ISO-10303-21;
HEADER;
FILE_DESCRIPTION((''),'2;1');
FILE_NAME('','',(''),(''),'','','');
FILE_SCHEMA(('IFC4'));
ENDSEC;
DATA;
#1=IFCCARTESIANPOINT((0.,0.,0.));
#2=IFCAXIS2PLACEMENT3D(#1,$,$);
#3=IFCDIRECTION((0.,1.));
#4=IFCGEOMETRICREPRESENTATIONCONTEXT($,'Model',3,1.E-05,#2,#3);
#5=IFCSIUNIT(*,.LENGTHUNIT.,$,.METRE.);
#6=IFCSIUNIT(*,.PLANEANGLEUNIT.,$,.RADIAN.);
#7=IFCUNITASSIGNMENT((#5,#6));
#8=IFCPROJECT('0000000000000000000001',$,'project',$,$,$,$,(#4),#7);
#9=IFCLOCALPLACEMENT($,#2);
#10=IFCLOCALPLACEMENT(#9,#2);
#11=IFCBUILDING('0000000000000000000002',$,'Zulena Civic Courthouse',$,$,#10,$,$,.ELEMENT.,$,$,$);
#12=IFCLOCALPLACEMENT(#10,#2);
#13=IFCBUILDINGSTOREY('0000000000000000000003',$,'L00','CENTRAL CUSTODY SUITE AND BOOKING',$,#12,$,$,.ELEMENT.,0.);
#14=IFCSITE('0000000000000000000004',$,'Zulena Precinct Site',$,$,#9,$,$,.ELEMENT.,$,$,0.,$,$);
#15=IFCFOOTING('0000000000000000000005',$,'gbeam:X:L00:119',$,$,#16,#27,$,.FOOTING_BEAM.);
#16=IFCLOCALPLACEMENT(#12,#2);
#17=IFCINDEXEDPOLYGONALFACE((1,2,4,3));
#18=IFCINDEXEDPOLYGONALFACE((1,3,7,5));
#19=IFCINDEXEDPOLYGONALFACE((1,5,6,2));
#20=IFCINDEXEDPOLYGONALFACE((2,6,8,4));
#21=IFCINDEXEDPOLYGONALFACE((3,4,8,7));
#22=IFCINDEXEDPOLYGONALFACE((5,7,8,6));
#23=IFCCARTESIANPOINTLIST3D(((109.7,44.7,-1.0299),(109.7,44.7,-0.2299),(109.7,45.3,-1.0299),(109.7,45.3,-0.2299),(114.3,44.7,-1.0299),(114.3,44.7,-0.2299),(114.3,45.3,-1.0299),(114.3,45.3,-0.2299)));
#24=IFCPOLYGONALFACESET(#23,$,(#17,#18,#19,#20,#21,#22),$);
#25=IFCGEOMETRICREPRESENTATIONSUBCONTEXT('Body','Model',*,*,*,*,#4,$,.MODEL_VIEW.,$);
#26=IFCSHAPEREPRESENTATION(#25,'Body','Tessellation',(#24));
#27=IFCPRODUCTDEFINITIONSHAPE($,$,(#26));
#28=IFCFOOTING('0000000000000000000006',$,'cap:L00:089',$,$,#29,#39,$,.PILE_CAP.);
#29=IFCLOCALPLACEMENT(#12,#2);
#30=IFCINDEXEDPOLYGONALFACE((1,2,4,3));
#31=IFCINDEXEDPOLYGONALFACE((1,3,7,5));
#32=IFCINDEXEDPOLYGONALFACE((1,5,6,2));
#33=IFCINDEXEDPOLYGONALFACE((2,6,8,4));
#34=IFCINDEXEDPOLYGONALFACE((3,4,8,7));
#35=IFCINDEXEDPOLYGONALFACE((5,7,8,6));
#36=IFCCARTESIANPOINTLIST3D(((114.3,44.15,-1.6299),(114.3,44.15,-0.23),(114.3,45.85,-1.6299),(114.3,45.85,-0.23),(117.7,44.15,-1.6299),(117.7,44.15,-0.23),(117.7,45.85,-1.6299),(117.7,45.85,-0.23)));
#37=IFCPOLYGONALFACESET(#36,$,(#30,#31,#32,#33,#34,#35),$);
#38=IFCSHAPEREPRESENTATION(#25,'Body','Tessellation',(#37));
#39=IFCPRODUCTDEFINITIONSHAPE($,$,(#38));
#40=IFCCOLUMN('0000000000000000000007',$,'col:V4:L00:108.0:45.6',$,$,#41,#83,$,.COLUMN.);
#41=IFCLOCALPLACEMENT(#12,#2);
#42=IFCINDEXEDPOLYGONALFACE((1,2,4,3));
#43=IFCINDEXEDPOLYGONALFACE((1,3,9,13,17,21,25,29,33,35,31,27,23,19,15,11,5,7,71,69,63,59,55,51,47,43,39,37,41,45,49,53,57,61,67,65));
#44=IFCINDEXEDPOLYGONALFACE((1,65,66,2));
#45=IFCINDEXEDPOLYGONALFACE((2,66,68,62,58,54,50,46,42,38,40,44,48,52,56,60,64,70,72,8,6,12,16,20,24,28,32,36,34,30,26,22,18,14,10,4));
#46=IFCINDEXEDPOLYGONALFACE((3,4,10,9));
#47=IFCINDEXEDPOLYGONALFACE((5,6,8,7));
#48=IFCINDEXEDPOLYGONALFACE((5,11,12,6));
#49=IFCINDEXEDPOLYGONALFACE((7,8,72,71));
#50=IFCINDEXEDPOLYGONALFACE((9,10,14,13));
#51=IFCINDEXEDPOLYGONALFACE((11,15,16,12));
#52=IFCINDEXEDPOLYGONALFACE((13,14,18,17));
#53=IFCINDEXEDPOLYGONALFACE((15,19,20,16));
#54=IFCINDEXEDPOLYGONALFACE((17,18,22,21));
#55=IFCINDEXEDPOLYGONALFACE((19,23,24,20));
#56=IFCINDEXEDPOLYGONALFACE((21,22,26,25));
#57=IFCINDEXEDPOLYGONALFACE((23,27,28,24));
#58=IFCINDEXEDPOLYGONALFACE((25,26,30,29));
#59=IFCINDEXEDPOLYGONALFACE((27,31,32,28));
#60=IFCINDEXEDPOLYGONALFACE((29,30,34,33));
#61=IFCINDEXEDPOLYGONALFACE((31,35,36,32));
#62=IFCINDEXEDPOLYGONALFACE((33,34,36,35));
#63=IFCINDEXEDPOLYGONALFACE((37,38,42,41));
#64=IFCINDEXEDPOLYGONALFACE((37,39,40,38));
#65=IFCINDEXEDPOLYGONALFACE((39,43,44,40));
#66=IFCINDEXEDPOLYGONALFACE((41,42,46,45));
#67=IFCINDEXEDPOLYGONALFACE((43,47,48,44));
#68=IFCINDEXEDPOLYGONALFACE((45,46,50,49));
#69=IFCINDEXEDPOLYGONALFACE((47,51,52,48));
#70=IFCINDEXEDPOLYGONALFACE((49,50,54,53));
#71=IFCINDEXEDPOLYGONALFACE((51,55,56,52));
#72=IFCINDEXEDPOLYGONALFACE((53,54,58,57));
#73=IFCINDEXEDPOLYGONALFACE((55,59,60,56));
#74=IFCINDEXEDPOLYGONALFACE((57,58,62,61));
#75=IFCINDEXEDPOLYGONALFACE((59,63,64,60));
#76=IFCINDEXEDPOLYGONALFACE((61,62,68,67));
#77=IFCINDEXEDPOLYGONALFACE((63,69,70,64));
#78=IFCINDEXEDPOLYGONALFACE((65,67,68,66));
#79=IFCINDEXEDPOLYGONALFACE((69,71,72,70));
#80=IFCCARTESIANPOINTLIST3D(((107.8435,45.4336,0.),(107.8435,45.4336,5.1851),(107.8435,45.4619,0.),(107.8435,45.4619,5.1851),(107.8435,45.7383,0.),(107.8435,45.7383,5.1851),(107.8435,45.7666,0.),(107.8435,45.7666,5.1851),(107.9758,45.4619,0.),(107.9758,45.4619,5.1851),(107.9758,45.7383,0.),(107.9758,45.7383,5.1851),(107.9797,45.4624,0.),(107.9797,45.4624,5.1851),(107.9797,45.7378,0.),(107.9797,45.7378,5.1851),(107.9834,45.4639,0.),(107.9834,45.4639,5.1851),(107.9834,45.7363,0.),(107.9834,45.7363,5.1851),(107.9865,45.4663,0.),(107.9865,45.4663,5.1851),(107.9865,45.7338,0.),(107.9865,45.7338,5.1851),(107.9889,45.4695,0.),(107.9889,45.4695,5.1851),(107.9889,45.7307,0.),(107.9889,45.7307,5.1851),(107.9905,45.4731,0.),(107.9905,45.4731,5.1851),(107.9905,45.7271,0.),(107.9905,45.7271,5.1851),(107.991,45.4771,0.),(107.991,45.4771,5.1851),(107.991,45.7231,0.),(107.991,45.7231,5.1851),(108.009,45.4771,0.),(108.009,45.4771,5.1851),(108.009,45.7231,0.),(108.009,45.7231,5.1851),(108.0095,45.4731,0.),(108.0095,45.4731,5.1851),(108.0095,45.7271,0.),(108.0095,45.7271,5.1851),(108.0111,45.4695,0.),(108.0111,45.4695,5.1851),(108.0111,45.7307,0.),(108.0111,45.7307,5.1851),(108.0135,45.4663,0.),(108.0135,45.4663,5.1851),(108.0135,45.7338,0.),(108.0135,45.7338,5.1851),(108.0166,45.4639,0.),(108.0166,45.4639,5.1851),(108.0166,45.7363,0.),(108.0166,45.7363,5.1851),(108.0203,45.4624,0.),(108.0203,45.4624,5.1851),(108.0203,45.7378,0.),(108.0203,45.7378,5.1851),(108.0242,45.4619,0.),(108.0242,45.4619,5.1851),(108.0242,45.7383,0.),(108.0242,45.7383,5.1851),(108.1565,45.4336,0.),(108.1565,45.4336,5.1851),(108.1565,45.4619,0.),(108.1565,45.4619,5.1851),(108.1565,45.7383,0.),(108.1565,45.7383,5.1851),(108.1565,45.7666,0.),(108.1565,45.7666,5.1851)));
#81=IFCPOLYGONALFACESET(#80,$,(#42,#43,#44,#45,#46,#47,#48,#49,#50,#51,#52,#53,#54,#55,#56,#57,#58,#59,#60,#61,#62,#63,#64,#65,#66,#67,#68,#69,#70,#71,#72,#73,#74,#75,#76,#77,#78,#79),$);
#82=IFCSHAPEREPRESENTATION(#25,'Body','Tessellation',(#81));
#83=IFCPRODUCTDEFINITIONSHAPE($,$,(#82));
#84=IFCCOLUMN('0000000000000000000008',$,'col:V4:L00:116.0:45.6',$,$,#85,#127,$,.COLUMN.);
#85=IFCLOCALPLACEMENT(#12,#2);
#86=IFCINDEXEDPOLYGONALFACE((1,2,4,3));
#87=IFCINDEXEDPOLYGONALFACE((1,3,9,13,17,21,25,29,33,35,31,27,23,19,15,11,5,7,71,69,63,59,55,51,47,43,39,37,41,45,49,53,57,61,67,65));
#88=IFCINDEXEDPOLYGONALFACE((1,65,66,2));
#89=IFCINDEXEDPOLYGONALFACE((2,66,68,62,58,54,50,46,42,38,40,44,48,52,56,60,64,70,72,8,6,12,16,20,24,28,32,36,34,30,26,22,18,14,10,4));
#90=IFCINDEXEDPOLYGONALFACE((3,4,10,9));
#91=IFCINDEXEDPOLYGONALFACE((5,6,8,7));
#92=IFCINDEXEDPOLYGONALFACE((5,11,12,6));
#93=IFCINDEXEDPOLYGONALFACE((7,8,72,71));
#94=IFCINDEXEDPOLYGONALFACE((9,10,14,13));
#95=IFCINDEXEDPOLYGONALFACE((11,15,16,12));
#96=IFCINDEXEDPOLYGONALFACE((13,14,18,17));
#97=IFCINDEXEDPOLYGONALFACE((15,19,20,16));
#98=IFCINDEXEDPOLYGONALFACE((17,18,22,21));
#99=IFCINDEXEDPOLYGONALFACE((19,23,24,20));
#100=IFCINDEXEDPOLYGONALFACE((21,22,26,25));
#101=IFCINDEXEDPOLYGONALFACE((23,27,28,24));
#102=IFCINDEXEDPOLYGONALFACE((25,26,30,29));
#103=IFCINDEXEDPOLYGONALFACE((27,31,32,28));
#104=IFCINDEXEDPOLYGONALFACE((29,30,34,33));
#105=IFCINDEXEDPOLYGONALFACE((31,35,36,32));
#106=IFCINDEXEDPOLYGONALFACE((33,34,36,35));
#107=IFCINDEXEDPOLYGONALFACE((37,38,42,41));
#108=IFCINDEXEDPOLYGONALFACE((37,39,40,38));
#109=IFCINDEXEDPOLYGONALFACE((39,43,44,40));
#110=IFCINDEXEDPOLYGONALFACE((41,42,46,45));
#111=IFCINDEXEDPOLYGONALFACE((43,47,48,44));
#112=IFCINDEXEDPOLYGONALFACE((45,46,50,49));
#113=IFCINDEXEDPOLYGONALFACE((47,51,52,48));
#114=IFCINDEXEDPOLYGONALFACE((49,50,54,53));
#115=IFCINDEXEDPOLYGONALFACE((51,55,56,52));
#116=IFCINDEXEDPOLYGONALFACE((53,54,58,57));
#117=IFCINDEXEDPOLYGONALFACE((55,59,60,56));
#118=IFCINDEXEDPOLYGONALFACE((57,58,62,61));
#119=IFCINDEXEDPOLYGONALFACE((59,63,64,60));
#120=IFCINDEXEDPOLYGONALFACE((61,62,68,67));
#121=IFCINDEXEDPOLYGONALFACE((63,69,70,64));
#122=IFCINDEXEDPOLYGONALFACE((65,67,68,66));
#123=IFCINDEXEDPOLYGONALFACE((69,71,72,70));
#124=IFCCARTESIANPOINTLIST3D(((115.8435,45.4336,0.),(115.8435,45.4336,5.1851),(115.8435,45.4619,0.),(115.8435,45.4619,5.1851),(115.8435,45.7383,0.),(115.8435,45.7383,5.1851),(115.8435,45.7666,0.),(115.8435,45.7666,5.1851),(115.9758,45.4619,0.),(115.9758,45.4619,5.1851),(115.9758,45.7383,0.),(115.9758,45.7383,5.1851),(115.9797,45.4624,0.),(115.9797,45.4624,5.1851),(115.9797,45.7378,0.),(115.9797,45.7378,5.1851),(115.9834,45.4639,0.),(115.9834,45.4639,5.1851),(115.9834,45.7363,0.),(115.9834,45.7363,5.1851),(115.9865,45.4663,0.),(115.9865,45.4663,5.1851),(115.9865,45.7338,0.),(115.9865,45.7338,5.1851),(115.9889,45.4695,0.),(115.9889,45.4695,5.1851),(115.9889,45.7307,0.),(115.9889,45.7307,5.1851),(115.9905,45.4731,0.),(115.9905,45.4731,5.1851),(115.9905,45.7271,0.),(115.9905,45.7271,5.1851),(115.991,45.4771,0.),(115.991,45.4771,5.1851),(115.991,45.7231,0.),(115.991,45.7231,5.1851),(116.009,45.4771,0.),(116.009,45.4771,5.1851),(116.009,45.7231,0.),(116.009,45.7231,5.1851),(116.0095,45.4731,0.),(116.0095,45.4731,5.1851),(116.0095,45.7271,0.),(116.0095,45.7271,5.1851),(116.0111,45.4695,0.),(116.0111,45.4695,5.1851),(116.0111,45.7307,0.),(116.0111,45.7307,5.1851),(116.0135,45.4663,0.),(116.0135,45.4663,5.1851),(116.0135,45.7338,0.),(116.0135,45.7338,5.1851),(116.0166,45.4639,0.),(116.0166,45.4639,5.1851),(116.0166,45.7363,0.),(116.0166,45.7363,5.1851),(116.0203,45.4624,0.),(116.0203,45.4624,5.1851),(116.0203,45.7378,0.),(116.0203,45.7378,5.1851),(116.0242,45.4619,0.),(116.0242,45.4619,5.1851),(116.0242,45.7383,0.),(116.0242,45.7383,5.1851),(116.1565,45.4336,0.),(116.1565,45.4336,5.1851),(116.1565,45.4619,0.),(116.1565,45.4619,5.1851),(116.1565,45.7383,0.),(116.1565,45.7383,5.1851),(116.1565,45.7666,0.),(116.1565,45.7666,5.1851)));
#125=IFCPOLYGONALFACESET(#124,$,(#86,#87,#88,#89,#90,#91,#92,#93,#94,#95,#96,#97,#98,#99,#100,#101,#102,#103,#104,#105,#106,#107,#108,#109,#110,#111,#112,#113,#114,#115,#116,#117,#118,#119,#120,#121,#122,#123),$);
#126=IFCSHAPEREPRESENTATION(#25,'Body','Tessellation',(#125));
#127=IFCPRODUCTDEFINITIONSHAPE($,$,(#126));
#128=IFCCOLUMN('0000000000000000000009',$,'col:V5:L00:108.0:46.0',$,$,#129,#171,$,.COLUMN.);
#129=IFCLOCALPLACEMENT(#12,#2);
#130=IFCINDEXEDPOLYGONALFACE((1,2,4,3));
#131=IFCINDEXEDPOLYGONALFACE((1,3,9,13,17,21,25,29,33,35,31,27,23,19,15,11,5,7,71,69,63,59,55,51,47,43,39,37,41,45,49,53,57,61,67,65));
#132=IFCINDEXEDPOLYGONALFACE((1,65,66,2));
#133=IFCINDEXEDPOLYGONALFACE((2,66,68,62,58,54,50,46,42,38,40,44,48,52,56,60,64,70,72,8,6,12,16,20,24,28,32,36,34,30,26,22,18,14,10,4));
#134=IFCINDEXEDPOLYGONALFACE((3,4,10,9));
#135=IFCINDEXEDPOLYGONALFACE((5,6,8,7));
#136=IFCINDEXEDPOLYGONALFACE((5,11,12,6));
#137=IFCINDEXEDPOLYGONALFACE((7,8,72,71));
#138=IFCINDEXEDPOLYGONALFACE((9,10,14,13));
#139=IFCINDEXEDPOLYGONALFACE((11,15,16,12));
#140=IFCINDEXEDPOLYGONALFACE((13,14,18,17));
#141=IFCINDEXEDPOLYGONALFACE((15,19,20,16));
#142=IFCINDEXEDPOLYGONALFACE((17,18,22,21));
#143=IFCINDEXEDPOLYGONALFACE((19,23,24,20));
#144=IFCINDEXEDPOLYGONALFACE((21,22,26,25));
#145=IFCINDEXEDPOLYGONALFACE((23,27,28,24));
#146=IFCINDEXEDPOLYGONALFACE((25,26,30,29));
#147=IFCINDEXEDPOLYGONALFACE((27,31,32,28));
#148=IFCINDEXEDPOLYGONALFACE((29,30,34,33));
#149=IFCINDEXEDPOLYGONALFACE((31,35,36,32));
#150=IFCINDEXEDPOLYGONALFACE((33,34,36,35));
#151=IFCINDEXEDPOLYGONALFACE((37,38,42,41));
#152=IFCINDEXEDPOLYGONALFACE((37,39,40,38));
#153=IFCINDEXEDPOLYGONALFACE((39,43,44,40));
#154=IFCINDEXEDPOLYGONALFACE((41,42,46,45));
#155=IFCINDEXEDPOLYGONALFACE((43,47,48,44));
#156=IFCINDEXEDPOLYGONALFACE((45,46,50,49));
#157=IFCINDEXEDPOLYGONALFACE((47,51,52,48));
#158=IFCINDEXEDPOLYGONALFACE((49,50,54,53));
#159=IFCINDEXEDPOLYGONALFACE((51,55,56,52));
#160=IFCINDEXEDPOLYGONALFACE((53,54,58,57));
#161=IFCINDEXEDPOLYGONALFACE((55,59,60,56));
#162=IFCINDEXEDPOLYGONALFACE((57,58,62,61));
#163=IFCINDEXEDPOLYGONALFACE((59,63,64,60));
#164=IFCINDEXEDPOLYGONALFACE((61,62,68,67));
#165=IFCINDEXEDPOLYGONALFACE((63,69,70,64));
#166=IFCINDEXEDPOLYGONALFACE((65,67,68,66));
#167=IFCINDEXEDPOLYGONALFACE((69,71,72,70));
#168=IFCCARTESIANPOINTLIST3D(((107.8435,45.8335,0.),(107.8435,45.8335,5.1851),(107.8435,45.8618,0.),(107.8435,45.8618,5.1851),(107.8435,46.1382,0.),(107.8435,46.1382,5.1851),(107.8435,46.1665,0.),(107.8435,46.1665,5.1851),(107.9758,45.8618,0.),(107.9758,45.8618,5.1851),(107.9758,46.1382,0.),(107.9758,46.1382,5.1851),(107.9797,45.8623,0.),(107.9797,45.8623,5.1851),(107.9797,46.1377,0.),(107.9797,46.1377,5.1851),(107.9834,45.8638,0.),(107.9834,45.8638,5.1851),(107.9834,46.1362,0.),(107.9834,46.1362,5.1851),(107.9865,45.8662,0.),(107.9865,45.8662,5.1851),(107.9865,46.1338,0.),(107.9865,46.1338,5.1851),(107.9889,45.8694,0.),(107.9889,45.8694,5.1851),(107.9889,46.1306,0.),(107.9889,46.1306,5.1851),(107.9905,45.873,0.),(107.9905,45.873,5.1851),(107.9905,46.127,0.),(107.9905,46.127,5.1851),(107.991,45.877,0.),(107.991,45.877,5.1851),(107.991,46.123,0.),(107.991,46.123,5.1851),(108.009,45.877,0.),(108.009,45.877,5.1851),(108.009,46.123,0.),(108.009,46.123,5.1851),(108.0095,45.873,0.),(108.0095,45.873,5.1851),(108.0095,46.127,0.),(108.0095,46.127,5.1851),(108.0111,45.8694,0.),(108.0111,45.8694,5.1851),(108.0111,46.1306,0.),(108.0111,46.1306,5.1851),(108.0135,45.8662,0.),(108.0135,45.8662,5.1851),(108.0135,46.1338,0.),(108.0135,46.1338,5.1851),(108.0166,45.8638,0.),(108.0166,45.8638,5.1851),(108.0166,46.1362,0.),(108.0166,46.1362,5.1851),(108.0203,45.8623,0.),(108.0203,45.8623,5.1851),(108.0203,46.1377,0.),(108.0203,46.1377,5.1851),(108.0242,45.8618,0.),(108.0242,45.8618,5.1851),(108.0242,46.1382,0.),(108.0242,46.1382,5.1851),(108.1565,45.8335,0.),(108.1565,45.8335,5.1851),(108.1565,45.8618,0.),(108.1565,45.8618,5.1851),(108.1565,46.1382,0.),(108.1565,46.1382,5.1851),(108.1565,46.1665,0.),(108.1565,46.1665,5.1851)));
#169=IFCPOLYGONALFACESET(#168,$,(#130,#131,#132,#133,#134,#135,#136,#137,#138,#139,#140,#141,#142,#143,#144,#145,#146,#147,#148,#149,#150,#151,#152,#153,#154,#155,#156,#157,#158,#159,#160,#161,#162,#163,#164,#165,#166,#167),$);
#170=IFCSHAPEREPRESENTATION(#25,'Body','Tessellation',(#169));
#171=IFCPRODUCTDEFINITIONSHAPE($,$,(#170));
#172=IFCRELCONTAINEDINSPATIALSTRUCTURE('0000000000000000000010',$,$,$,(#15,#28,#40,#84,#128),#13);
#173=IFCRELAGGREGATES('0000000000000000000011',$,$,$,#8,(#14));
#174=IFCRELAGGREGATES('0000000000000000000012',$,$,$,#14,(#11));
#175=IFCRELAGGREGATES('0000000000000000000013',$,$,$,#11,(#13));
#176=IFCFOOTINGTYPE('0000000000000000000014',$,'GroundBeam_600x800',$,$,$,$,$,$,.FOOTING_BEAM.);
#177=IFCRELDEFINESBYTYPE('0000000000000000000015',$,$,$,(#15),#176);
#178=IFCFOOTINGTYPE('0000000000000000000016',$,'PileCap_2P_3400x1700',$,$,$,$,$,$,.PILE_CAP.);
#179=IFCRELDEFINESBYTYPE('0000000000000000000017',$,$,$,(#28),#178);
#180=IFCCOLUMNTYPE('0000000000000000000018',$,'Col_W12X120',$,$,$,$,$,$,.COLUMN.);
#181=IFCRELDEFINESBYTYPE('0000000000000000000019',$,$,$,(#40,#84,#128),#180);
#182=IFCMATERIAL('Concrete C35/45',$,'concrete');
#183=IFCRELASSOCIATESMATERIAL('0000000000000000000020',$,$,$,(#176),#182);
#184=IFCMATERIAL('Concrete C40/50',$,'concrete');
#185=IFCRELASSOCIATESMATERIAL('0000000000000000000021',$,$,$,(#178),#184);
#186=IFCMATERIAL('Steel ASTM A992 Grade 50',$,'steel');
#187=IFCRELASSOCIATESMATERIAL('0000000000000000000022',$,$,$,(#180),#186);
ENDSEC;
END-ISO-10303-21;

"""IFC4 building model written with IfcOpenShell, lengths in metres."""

from ifc_helpers import new_model, si_unit, direction, frame, origin, origin_2d, place, context, subcontext, project, spatial, rectangle, i_section, extrude, material, material_profile, profile_set, type_object, element, save


model = new_model("IFC4")

# Units and contexts
model_context = context("Model", 3, precision=1e-05, world=origin(), true_north=direction((0.0, 1.0)))
body_context = subcontext(model_context, "Body", "Model", "MODEL_VIEW")
ifc_project = project(units=[si_unit("LENGTHUNIT", "METRE"), si_unit("PLANEANGLEUNIT", "RADIAN")], contexts=[model_context])

# Site, building, storey
site_placement = place(None, origin())
site = spatial("IfcSite", under=ifc_project, at=site_placement, Name="Zulena Precinct Site", CompositionType="ELEMENT", RefElevation=0.0)
building_placement = place(site_placement, origin())
building = spatial("IfcBuilding", under=site, at=building_placement, Name="Zulena Civic Courthouse", CompositionType="ELEMENT")
storey_placement = place(building_placement, origin())
storey = spatial("IfcBuildingStorey", under=building, at=storey_placement, Name="L00", Description="CENTRAL CUSTODY SUITE AND BOOKING", CompositionType="ELEMENT", Elevation=0.0)

# Footings
ifc_material_1 = material(Name="Concrete C35/45", Category="concrete")
ifc_material_profile_1 = material_profile(ifc_material_1, rectangle(XDim=0.6001, YDim=0.8, at=origin_2d()), Name="RC600X800")
ifc_profile_set_1 = profile_set([ifc_material_profile_1], Name="Concrete C35/45")
footing_type_1 = type_object("IfcFootingType", Name="GroundBeam_600x800", PredefinedType="FOOTING_BEAM", material=ifc_profile_set_1)
footing_1_placement = place(storey_placement, frame((109.7, 45.0, -0.6299), z_axis=(1.0, 0.0, 0.0), x_axis=(0.0, 1.0, 0.0)))
element("IfcFooting", 1, at=footing_1_placement, inside=storey, type_object=footing_type_1, Name="gbeam:X:L00:119", PredefinedType="FOOTING_BEAM", context=body_context, shape_type="SweptSolid", body=[
    extrude(rectangle(XDim=0.6001, YDim=0.8, at=origin_2d()), origin(), (0.0, 0.0, 1.0), 4.6001),
])
ifc_material_2 = material(Name="Concrete C40/50", Category="concrete")
footing_type_2 = type_object("IfcFootingType", Name="PileCap_2P_3400x1700", PredefinedType="PILE_CAP", material=ifc_material_2)
footing_2_placement = place(storey_placement, frame((116.0, 45.0, -1.6299), z_axis=(0.0, 0.0, 1.0), x_axis=(1.0, 0.0, 0.0)))
element("IfcFooting", 2, at=footing_2_placement, inside=storey, type_object=footing_type_2, Name="cap:L00:089", PredefinedType="PILE_CAP", context=body_context, shape_type="SweptSolid", body=[
    extrude(rectangle(XDim=3.3999, YDim=1.7, at=origin_2d()), origin(), (0.0, 0.0, 1.0), 1.3999),
])

# Columns
ifc_material_3 = material(Name="Steel ASTM A992 Grade 50", Category="steel")
ifc_material_profile_2 = material_profile(ifc_material_3, i_section(OverallWidth=0.313, OverallDepth=0.333, WebThickness=0.0181, FlangeThickness=0.0283, FilletRadius=0.0151, at=origin_2d()), Name="W12X120")
ifc_profile_set_2 = profile_set([ifc_material_profile_2], Name="Steel ASTM A992 Grade 50")
column_type_1 = type_object("IfcColumnType", Name="Col_W12X120", PredefinedType="COLUMN", material=ifc_profile_set_2)
for number, where, z_axis, x_axis, name in (
    (3, (108.0, 45.6001, 0.0), (0.0, 0.0, 1.0), (1.0, 0.0, 0.0), "col:V4:L00:108.0:45.6"),
    (4, (116.0, 45.6001, 0.0), (0.0, 0.0, 1.0), (1.0, 0.0, 0.0), "col:V4:L00:116.0:45.6"),
    (5, (108.0, 46.0, 0.0), (0.0, 0.0, 1.0), (1.0, 0.0, 0.0), "col:V5:L00:108.0:46.0"),
):
    element("IfcColumn", number, at=place(storey_placement, frame(where, z_axis=z_axis, x_axis=x_axis)), inside=storey, type_object=column_type_1, Name=name, PredefinedType="COLUMN", context=body_context, shape_type="SweptSolid", body=[
        extrude(i_section(OverallWidth=0.313, OverallDepth=0.333, WebThickness=0.0181, FlangeThickness=0.0283, FilletRadius=0.0151, at=origin_2d()), origin(), (0.0, 0.0, 1.0), 5.1851),
    ])

save(model, "model.ifc")
